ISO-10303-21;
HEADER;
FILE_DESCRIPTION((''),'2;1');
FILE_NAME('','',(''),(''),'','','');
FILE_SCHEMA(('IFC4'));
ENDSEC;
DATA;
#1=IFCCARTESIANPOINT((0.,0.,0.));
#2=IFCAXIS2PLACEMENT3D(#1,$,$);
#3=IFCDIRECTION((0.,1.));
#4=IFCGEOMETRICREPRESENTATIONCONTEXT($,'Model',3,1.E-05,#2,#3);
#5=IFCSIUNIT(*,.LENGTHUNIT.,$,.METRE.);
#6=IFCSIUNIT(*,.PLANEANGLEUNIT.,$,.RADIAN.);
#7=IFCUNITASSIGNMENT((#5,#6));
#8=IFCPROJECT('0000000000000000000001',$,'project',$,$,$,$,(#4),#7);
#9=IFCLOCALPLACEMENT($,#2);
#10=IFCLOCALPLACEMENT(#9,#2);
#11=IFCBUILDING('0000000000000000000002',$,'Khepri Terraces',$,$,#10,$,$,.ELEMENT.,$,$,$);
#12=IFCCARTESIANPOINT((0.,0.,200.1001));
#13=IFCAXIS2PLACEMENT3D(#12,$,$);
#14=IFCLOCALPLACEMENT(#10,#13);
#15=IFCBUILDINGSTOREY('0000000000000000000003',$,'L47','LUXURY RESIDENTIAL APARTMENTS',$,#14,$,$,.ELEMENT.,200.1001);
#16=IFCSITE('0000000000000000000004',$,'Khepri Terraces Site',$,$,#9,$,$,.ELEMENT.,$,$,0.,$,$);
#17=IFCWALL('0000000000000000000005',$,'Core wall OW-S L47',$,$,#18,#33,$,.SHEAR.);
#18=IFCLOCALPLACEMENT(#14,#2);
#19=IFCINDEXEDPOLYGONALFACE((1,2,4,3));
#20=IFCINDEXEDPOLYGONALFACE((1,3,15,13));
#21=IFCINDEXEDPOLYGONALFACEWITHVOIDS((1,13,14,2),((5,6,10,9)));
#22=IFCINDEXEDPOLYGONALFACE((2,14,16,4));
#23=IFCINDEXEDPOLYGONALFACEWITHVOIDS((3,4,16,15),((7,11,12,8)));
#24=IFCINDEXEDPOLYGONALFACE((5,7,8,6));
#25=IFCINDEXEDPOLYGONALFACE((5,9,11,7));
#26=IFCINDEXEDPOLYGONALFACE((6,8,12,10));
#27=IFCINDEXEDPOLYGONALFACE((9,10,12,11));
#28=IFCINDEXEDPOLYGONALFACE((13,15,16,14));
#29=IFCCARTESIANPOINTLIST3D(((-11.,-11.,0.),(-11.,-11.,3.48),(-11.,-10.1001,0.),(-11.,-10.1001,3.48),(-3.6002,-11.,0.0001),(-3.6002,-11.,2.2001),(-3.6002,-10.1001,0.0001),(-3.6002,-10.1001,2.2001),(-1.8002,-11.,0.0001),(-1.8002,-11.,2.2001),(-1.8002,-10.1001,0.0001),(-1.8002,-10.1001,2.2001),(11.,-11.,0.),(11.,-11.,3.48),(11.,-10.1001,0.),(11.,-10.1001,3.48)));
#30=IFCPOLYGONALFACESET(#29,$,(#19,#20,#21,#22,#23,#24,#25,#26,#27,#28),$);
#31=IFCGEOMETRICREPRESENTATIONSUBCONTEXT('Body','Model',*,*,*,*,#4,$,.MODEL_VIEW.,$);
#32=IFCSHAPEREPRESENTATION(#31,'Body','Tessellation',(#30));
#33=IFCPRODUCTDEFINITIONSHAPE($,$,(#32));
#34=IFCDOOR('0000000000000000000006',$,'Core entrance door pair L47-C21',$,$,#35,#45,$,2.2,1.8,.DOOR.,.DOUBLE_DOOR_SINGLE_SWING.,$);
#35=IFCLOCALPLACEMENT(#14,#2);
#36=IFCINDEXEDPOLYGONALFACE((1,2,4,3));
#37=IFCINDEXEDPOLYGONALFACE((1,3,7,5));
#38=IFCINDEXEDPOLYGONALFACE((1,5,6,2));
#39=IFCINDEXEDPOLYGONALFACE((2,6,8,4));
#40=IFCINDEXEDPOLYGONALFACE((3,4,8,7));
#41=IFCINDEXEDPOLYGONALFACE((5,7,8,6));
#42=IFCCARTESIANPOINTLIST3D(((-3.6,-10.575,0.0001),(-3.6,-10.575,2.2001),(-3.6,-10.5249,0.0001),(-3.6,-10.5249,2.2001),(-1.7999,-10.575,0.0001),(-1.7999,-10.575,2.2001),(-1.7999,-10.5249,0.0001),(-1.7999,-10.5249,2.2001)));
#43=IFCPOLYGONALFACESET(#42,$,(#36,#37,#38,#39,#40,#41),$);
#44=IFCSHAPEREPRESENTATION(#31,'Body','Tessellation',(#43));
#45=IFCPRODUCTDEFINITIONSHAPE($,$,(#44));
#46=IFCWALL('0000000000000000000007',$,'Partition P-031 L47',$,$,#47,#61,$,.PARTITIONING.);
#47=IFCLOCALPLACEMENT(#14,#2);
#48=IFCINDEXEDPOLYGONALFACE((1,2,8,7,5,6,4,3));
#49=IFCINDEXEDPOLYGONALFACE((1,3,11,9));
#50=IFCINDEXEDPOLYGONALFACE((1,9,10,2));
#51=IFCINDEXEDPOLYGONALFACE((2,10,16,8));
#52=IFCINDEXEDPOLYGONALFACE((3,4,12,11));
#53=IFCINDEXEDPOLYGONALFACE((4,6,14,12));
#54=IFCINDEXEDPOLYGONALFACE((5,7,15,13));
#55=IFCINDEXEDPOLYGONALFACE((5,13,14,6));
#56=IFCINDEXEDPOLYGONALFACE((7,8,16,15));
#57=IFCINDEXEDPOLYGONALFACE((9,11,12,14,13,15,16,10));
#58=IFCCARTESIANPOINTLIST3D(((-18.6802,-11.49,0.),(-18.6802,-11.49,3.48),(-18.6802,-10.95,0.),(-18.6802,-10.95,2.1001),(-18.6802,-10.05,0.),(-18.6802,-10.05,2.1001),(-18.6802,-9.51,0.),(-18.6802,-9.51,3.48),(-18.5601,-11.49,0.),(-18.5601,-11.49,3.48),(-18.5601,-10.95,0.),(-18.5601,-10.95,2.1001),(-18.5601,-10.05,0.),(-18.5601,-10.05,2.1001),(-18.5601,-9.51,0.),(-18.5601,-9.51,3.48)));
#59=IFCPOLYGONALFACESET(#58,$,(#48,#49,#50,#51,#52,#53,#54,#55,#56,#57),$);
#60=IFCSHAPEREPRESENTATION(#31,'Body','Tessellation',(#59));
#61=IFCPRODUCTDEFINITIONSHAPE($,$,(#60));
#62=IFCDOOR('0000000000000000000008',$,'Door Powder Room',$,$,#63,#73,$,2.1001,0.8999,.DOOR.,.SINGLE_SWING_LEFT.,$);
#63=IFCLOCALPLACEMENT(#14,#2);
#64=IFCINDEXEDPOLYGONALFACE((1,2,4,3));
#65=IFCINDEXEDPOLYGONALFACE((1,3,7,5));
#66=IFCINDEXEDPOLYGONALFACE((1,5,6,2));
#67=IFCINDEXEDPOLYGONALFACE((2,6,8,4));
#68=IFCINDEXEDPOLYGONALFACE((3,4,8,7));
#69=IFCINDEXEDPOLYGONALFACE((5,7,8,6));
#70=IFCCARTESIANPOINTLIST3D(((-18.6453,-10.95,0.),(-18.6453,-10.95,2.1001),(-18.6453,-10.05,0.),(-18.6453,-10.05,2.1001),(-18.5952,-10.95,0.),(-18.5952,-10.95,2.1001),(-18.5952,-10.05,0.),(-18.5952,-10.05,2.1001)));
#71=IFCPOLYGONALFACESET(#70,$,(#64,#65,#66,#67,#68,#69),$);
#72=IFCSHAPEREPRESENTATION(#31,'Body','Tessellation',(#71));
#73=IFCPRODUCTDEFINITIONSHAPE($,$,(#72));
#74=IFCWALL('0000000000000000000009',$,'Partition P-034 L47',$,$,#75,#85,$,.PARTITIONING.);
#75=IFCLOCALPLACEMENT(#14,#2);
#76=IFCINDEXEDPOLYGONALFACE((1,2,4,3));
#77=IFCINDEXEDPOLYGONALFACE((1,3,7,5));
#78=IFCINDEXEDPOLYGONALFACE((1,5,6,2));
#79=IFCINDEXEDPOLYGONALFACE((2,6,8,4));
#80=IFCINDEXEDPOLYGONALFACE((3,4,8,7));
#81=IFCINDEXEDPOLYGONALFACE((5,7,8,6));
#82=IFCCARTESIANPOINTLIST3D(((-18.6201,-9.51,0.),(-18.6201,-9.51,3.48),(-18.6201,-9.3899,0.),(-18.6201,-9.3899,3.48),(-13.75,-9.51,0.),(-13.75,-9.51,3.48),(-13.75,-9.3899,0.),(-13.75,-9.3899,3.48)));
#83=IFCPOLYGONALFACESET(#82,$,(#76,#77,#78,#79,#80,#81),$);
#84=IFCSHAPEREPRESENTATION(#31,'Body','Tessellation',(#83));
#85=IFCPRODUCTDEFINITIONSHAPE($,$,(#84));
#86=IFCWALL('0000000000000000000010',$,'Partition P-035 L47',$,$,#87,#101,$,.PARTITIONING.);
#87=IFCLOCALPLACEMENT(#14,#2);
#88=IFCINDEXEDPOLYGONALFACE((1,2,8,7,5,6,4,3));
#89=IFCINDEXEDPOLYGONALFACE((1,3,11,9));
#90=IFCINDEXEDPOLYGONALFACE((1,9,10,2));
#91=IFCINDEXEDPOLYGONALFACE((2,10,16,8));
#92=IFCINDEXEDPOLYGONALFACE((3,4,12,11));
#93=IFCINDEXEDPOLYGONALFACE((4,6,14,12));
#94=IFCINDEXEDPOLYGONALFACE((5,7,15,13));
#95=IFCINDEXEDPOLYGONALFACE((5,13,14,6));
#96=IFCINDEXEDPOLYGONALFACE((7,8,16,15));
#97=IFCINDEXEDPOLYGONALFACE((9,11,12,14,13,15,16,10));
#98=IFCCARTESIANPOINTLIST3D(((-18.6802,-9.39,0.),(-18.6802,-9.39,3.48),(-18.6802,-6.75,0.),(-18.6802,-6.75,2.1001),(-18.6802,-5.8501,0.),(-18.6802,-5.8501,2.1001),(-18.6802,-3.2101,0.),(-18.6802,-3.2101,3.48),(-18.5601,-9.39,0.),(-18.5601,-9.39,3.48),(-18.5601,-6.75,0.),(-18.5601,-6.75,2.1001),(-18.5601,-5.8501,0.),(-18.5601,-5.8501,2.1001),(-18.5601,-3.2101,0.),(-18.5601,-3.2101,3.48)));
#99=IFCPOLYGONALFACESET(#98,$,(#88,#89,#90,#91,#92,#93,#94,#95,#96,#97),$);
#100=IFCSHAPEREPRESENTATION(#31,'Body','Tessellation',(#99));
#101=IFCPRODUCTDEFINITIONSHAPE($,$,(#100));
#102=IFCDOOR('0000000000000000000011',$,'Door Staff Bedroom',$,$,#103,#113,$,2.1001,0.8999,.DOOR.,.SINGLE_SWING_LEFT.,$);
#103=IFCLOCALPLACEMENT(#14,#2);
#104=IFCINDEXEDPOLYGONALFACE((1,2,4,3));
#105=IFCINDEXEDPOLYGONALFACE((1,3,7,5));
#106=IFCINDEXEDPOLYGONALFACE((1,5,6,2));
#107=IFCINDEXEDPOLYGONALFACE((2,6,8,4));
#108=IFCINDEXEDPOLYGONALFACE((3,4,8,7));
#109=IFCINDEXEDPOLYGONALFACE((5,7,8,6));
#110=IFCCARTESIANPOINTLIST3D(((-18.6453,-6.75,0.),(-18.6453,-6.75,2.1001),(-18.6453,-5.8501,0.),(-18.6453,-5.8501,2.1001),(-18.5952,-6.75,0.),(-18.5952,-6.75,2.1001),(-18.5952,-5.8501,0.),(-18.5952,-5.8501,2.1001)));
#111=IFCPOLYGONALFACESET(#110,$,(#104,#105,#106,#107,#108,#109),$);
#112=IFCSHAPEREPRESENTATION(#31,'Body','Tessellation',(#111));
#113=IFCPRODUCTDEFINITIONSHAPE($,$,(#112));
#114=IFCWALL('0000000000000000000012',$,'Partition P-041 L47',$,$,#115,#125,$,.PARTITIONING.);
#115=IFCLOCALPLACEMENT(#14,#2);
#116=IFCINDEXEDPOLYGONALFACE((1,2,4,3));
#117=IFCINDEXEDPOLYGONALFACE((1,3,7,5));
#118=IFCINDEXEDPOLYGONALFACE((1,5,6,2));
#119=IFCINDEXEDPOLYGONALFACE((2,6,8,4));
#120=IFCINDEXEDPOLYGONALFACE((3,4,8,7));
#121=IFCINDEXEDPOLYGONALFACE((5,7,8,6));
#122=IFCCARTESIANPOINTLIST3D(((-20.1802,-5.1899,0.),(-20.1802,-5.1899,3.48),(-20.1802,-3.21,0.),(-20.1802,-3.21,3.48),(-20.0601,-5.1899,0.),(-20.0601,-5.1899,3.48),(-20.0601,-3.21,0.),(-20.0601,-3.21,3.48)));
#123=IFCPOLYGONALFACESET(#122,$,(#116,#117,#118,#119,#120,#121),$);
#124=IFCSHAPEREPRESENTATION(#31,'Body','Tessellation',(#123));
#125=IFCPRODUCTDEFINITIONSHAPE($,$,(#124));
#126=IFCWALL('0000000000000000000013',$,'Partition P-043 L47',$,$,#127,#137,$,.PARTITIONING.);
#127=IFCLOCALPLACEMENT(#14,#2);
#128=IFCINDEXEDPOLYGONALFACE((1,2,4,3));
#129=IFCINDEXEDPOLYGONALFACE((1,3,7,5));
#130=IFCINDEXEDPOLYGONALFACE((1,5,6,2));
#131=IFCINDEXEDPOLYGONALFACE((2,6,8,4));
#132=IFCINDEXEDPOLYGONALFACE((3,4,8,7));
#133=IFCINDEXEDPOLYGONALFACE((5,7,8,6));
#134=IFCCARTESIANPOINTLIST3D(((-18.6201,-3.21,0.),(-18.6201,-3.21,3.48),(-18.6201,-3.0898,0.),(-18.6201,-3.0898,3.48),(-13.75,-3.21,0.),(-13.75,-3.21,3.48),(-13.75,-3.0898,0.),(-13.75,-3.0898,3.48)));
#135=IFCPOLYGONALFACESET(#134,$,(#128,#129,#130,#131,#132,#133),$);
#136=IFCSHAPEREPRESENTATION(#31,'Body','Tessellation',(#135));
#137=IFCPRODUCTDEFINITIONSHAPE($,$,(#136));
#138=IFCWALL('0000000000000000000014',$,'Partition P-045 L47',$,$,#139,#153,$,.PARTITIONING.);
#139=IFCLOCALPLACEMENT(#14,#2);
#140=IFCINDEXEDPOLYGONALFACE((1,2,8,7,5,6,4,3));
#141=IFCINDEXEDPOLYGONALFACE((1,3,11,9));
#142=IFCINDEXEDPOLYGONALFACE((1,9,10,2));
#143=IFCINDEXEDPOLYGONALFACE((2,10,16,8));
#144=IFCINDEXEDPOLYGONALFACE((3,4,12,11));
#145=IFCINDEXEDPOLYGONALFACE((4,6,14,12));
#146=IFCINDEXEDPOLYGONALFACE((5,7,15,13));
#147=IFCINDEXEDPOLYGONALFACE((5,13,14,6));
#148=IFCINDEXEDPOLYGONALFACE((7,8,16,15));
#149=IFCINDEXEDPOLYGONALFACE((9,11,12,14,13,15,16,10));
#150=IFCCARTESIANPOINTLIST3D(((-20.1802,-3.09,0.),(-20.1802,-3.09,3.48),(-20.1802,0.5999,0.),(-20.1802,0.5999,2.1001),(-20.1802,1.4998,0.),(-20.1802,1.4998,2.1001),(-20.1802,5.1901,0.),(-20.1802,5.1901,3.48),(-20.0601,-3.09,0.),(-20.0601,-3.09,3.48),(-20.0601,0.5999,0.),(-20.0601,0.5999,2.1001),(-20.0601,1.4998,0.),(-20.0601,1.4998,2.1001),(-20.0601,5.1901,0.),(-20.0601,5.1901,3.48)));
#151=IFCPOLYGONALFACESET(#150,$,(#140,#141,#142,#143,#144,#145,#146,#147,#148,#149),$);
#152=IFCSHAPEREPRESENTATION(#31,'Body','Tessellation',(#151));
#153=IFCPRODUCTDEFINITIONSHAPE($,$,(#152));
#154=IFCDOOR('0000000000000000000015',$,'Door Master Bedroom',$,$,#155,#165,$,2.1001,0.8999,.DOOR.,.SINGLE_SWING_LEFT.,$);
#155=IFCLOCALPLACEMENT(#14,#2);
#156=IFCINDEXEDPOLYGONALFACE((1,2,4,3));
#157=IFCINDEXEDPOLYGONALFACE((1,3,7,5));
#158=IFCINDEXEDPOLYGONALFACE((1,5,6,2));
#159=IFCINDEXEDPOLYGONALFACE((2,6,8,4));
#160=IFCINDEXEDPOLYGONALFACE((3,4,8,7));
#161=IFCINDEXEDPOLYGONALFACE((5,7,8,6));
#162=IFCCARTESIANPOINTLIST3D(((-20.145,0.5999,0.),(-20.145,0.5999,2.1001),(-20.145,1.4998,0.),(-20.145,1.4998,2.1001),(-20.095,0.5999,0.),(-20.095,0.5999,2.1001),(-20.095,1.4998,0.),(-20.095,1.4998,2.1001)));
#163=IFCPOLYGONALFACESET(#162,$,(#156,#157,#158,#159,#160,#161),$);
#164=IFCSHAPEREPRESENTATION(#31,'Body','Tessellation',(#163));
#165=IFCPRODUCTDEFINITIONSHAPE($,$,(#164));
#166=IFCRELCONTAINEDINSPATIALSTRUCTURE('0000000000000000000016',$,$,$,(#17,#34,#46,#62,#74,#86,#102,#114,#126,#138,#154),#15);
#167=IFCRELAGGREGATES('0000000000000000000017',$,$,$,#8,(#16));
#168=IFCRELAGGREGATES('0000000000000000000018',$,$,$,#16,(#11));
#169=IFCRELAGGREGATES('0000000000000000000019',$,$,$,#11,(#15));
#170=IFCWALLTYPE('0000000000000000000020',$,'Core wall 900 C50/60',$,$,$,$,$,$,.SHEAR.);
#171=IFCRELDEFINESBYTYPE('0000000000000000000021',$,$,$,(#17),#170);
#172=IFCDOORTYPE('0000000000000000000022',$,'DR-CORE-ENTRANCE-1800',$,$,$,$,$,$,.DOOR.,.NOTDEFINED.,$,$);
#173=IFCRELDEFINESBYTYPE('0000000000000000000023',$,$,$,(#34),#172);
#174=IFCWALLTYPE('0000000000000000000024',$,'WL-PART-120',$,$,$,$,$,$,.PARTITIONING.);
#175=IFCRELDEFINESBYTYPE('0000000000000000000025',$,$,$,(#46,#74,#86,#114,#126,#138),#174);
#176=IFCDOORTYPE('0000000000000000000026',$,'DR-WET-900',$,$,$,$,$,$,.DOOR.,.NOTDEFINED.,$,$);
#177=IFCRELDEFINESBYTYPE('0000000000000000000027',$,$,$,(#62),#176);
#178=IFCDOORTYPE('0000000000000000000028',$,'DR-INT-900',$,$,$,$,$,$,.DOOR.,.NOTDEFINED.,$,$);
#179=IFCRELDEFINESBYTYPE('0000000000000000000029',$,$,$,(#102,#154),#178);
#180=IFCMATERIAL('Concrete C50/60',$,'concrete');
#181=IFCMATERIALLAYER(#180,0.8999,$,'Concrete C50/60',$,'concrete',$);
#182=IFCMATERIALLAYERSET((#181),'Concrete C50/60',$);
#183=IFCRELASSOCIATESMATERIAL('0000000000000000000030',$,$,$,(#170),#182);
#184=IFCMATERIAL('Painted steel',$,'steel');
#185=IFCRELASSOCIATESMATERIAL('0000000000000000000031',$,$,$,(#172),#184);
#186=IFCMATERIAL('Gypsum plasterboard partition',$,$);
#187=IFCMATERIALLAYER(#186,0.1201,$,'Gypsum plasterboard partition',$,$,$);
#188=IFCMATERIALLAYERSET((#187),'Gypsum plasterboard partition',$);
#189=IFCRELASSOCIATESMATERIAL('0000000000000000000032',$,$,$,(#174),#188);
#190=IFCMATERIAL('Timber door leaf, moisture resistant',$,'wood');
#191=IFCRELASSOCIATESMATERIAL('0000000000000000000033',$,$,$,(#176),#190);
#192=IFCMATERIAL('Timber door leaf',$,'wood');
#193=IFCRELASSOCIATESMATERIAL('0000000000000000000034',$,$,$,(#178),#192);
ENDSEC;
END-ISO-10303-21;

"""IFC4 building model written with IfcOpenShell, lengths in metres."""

from ifc_helpers import new_model, si_unit, direction, frame, frame_2d, origin, place, context, subcontext, project, spatial, rectangle, extrude, material, layer, layer_set, type_object, element, fill, save


model = new_model("IFC4")

# Units and contexts
model_context = context("Model", 3, precision=1e-05, world=origin(), true_north=direction((0.0, 1.0)))
body_context = subcontext(model_context, "Body", "Model", "MODEL_VIEW")
ifc_project = project(units=[si_unit("LENGTHUNIT", "METRE"), si_unit("PLANEANGLEUNIT", "RADIAN")], contexts=[model_context])

# Site, building, storey
site_placement = place(None, origin())
site = spatial("IfcSite", under=ifc_project, at=site_placement, Name="Khepri Terraces Site", CompositionType="ELEMENT", RefElevation=0.0)
building_placement = place(site_placement, origin())
building = spatial("IfcBuilding", under=site, at=building_placement, Name="Khepri Terraces", CompositionType="ELEMENT")
storey_placement = place(building_placement, frame((0.0, 0.0, 200.1001)))
storey = spatial("IfcBuildingStorey", under=building, at=storey_placement, Name="L47", Description="LUXURY RESIDENTIAL APARTMENTS", CompositionType="ELEMENT", Elevation=200.1001)

# Walls, openings, doors
ifc_material_1 = material(Name="Concrete C50/60", Category="concrete")
ifc_layer_1 = layer(ifc_material_1, 0.8999, Name="Concrete C50/60", Category="concrete")
ifc_layer_set_1 = layer_set([ifc_layer_1], Name="Concrete C50/60")
wall_type_1 = type_object("IfcWallType", Name="Core wall 900 C50/60", PredefinedType="SHEAR", material=ifc_layer_set_1)
wall_1_placement = place(storey_placement, frame((-11.0, -10.55, 0.0), z_axis=(0.0, 0.0, 1.0), x_axis=(1.0, 0.0, 0.0)))
wall_1 = element("IfcWall", 1, at=wall_1_placement, inside=storey, type_object=wall_type_1, Name="Core wall OW-S L47", PredefinedType="SHEAR", context=body_context, shape_type="SweptSolid", body=[
    extrude(rectangle(XDim=22.0, YDim=0.8999, at=frame_2d((11.0, 0.0))), origin(), (0.0, 0.0, 1.0), 3.48),
])
opening_1_placement = place(wall_1_placement, frame((7.3999, 0.0, 0.0)))
opening_1 = element("IfcOpeningElement", 2, at=opening_1_placement, cuts=wall_1, PredefinedType="OPENING", context=body_context, shape_type="SweptSolid", body=[
    extrude(rectangle(XDim=1.8, YDim=2.2, at=frame_2d((0.8999, 1.1001))), frame((0.0, 0.46, 0.0), z_axis=(0.0, -1.0, 0.0), x_axis=(1.0, 0.0, 0.0)), (0.0, 0.0, 1.0), 0.9199),
])
ifc_material_2 = material(Name="Painted steel", Category="steel")
door_type_1 = type_object("IfcDoorType", Name="DR-CORE-ENTRANCE-1800", OperationType="NOTDEFINED", PredefinedType="DOOR", material=ifc_material_2)
door_1_placement = place(opening_1_placement, frame((1.8, 0.0, 0.0), z_axis=(0.0, 0.0, 1.0), x_axis=(-1.0, 0.0, 0.0)))
door_1 = element("IfcDoor", 3, at=door_1_placement, inside=storey, type_object=door_type_1, Name="Core entrance door pair L47-C21", OperationType="DOUBLE_DOOR_SINGLE_SWING", OverallHeight=2.2, OverallWidth=1.8, PredefinedType="DOOR", context=body_context, shape_type="SweptSolid", body=[
    extrude(rectangle(XDim=1.8, YDim=2.2, at=frame_2d((0.8999, 1.1001))), frame((0.0, 0.0249, 0.0), z_axis=(0.0, -1.0, 0.0), x_axis=(1.0, 0.0, 0.0)), (0.0, 0.0, 1.0), 0.05),
])
fill(opening_1, door_1)
ifc_material_3 = material(Name="Gypsum plasterboard partition")
ifc_layer_2 = layer(ifc_material_3, 0.1201, Name="Gypsum plasterboard partition")
ifc_layer_set_2 = layer_set([ifc_layer_2], Name="Gypsum plasterboard partition")
wall_type_2 = type_object("IfcWallType", Name="WL-PART-120", PredefinedType="PARTITIONING", material=ifc_layer_set_2)
wall_2_placement = place(storey_placement, frame((-18.6201, -11.49, 0.0), z_axis=(0.0, 0.0, 1.0), x_axis=(0.0, 1.0, 0.0)))
wall_2 = element("IfcWall", 4, at=wall_2_placement, inside=storey, type_object=wall_type_2, Name="Partition P-031 L47", PredefinedType="PARTITIONING", context=body_context, shape_type="SweptSolid", body=[
    extrude(rectangle(XDim=1.98, YDim=0.1201, at=frame_2d((0.99, 0.0))), origin(), (0.0, 0.0, 1.0), 3.48),
])
opening_2_placement = place(wall_2_placement, frame((0.54, 0.0, 0.0)))
opening_2 = element("IfcOpeningElement", 5, at=opening_2_placement, cuts=wall_2, PredefinedType="OPENING", context=body_context, shape_type="SweptSolid", body=[
    extrude(rectangle(XDim=0.8999, YDim=2.1001, at=frame_2d((0.45, 1.05))), frame((0.0, 0.0701, 0.0), z_axis=(0.0, -1.0, 0.0), x_axis=(1.0, 0.0, 0.0)), (0.0, 0.0, 1.0), 0.1401),
])
ifc_material_4 = material(Name="Timber door leaf, moisture resistant", Category="wood")
door_type_2 = type_object("IfcDoorType", Name="DR-WET-900", OperationType="NOTDEFINED", PredefinedType="DOOR", material=ifc_material_4)
door_2_placement = place(opening_2_placement, frame((0.8999, 0.0, 0.0), z_axis=(0.0, 0.0, 1.0), x_axis=(-1.0, 0.0, 0.0)))
door_2 = element("IfcDoor", 6, at=door_2_placement, inside=storey, type_object=door_type_2, Name="Door Powder Room", OperationType="SINGLE_SWING_LEFT", OverallHeight=2.1001, OverallWidth=0.8999, PredefinedType="DOOR", context=body_context, shape_type="SweptSolid", body=[
    extrude(rectangle(XDim=0.8999, YDim=2.1001, at=frame_2d((0.45, 1.05))), frame((0.0, 0.0249, 0.0), z_axis=(0.0, -1.0, 0.0), x_axis=(1.0, 0.0, 0.0)), (0.0, 0.0, 1.0), 0.05),
])
fill(opening_2, door_2)

# Wall
wall_3_placement = place(storey_placement, frame((-18.6201, -9.45, 0.0), z_axis=(0.0, 0.0, 1.0), x_axis=(1.0, 0.0, 0.0)))
element("IfcWall", 7, at=wall_3_placement, inside=storey, type_object=wall_type_2, Name="Partition P-034 L47", PredefinedType="PARTITIONING", context=body_context, shape_type="SweptSolid", body=[
    extrude(rectangle(XDim=4.8701, YDim=0.1201, at=frame_2d((2.4351, 0.0))), origin(), (0.0, 0.0, 1.0), 3.48),
])

# Wall, opening, door
wall_4_placement = place(storey_placement, frame((-18.6201, -9.3899, 0.0), z_axis=(0.0, 0.0, 1.0), x_axis=(0.0, 1.0, 0.0)))
wall_4 = element("IfcWall", 8, at=wall_4_placement, inside=storey, type_object=wall_type_2, Name="Partition P-035 L47", PredefinedType="PARTITIONING", context=body_context, shape_type="SweptSolid", body=[
    extrude(rectangle(XDim=6.1799, YDim=0.1201, at=frame_2d((3.0898, 0.0))), origin(), (0.0, 0.0, 1.0), 3.48),
])
opening_3_placement = place(wall_4_placement, frame((2.6399, 0.0, 0.0)))
opening_3 = element("IfcOpeningElement", 9, at=opening_3_placement, cuts=wall_4, PredefinedType="OPENING", context=body_context, shape_type="SweptSolid", body=[
    extrude(rectangle(XDim=0.8999, YDim=2.1001, at=frame_2d((0.45, 1.05))), frame((0.0, 0.0701, 0.0), z_axis=(0.0, -1.0, 0.0), x_axis=(1.0, 0.0, 0.0)), (0.0, 0.0, 1.0), 0.1401),
])
ifc_material_5 = material(Name="Timber door leaf", Category="wood")
door_type_3 = type_object("IfcDoorType", Name="DR-INT-900", OperationType="NOTDEFINED", PredefinedType="DOOR", material=ifc_material_5)
door_3_placement = place(opening_3_placement, frame((0.8999, 0.0, 0.0), z_axis=(0.0, 0.0, 1.0), x_axis=(-1.0, 0.0, 0.0)))
door_3 = element("IfcDoor", 10, at=door_3_placement, inside=storey, type_object=door_type_3, Name="Door Staff Bedroom", OperationType="SINGLE_SWING_LEFT", OverallHeight=2.1001, OverallWidth=0.8999, PredefinedType="DOOR", context=body_context, shape_type="SweptSolid", body=[
    extrude(rectangle(XDim=0.8999, YDim=2.1001, at=frame_2d((0.45, 1.05))), frame((0.0, 0.0249, 0.0), z_axis=(0.0, -1.0, 0.0), x_axis=(1.0, 0.0, 0.0)), (0.0, 0.0, 1.0), 0.05),
])
fill(opening_3, door_3)

# Walls
wall_5_placement = place(storey_placement, frame((-20.1201, -5.1899, 0.0), z_axis=(0.0, 0.0, 1.0), x_axis=(0.0, 1.0, 0.0)))
element("IfcWall", 11, at=wall_5_placement, inside=storey, type_object=wall_type_2, Name="Partition P-041 L47", PredefinedType="PARTITIONING", context=body_context, shape_type="SweptSolid", body=[
    extrude(rectangle(XDim=1.98, YDim=0.1201, at=frame_2d((0.99, 0.0))), origin(), (0.0, 0.0, 1.0), 3.48),
])
wall_6_placement = place(storey_placement, frame((-18.6201, -3.1499, 0.0), z_axis=(0.0, 0.0, 1.0), x_axis=(1.0, 0.0, 0.0)))
element("IfcWall", 12, at=wall_6_placement, inside=storey, type_object=wall_type_2, Name="Partition P-043 L47", PredefinedType="PARTITIONING", context=body_context, shape_type="SweptSolid", body=[
    extrude(rectangle(XDim=4.8701, YDim=0.1201, at=frame_2d((2.4351, 0.0))), origin(), (0.0, 0.0, 1.0), 3.48),
])

# Wall, opening, door
wall_7_placement = place(storey_placement, frame((-20.1201, -3.0901, 0.0), z_axis=(0.0, 0.0, 1.0), x_axis=(0.0, 1.0, 0.0)))
wall_7 = element("IfcWall", 13, at=wall_7_placement, inside=storey, type_object=wall_type_2, Name="Partition P-045 L47", PredefinedType="PARTITIONING", context=body_context, shape_type="SweptSolid", body=[
    extrude(rectangle(XDim=8.28, YDim=0.1201, at=frame_2d((4.1401, 0.0))), origin(), (0.0, 0.0, 1.0), 3.48),
])
opening_4_placement = place(wall_7_placement, frame((3.6899, 0.0, 0.0)))
opening_4 = element("IfcOpeningElement", 14, at=opening_4_placement, cuts=wall_7, PredefinedType="OPENING", context=body_context, shape_type="SweptSolid", body=[
    extrude(rectangle(XDim=0.8999, YDim=2.1001, at=frame_2d((0.45, 1.05))), frame((0.0, 0.0701, 0.0), z_axis=(0.0, -1.0, 0.0), x_axis=(1.0, 0.0, 0.0)), (0.0, 0.0, 1.0), 0.1401),
])
door_4_placement = place(opening_4_placement, origin())
door_4 = element("IfcDoor", 15, at=door_4_placement, inside=storey, type_object=door_type_3, Name="Door Master Bedroom", OperationType="SINGLE_SWING_LEFT", OverallHeight=2.1001, OverallWidth=0.8999, PredefinedType="DOOR", context=body_context, shape_type="SweptSolid", body=[
    extrude(rectangle(XDim=0.8999, YDim=2.1001, at=frame_2d((0.45, 1.05))), frame((0.0, 0.0249, 0.0), z_axis=(0.0, -1.0, 0.0), x_axis=(1.0, 0.0, 0.0)), (0.0, 0.0, 1.0), 0.05),
])
fill(opening_4, door_4)

save(model, "model.ifc")
